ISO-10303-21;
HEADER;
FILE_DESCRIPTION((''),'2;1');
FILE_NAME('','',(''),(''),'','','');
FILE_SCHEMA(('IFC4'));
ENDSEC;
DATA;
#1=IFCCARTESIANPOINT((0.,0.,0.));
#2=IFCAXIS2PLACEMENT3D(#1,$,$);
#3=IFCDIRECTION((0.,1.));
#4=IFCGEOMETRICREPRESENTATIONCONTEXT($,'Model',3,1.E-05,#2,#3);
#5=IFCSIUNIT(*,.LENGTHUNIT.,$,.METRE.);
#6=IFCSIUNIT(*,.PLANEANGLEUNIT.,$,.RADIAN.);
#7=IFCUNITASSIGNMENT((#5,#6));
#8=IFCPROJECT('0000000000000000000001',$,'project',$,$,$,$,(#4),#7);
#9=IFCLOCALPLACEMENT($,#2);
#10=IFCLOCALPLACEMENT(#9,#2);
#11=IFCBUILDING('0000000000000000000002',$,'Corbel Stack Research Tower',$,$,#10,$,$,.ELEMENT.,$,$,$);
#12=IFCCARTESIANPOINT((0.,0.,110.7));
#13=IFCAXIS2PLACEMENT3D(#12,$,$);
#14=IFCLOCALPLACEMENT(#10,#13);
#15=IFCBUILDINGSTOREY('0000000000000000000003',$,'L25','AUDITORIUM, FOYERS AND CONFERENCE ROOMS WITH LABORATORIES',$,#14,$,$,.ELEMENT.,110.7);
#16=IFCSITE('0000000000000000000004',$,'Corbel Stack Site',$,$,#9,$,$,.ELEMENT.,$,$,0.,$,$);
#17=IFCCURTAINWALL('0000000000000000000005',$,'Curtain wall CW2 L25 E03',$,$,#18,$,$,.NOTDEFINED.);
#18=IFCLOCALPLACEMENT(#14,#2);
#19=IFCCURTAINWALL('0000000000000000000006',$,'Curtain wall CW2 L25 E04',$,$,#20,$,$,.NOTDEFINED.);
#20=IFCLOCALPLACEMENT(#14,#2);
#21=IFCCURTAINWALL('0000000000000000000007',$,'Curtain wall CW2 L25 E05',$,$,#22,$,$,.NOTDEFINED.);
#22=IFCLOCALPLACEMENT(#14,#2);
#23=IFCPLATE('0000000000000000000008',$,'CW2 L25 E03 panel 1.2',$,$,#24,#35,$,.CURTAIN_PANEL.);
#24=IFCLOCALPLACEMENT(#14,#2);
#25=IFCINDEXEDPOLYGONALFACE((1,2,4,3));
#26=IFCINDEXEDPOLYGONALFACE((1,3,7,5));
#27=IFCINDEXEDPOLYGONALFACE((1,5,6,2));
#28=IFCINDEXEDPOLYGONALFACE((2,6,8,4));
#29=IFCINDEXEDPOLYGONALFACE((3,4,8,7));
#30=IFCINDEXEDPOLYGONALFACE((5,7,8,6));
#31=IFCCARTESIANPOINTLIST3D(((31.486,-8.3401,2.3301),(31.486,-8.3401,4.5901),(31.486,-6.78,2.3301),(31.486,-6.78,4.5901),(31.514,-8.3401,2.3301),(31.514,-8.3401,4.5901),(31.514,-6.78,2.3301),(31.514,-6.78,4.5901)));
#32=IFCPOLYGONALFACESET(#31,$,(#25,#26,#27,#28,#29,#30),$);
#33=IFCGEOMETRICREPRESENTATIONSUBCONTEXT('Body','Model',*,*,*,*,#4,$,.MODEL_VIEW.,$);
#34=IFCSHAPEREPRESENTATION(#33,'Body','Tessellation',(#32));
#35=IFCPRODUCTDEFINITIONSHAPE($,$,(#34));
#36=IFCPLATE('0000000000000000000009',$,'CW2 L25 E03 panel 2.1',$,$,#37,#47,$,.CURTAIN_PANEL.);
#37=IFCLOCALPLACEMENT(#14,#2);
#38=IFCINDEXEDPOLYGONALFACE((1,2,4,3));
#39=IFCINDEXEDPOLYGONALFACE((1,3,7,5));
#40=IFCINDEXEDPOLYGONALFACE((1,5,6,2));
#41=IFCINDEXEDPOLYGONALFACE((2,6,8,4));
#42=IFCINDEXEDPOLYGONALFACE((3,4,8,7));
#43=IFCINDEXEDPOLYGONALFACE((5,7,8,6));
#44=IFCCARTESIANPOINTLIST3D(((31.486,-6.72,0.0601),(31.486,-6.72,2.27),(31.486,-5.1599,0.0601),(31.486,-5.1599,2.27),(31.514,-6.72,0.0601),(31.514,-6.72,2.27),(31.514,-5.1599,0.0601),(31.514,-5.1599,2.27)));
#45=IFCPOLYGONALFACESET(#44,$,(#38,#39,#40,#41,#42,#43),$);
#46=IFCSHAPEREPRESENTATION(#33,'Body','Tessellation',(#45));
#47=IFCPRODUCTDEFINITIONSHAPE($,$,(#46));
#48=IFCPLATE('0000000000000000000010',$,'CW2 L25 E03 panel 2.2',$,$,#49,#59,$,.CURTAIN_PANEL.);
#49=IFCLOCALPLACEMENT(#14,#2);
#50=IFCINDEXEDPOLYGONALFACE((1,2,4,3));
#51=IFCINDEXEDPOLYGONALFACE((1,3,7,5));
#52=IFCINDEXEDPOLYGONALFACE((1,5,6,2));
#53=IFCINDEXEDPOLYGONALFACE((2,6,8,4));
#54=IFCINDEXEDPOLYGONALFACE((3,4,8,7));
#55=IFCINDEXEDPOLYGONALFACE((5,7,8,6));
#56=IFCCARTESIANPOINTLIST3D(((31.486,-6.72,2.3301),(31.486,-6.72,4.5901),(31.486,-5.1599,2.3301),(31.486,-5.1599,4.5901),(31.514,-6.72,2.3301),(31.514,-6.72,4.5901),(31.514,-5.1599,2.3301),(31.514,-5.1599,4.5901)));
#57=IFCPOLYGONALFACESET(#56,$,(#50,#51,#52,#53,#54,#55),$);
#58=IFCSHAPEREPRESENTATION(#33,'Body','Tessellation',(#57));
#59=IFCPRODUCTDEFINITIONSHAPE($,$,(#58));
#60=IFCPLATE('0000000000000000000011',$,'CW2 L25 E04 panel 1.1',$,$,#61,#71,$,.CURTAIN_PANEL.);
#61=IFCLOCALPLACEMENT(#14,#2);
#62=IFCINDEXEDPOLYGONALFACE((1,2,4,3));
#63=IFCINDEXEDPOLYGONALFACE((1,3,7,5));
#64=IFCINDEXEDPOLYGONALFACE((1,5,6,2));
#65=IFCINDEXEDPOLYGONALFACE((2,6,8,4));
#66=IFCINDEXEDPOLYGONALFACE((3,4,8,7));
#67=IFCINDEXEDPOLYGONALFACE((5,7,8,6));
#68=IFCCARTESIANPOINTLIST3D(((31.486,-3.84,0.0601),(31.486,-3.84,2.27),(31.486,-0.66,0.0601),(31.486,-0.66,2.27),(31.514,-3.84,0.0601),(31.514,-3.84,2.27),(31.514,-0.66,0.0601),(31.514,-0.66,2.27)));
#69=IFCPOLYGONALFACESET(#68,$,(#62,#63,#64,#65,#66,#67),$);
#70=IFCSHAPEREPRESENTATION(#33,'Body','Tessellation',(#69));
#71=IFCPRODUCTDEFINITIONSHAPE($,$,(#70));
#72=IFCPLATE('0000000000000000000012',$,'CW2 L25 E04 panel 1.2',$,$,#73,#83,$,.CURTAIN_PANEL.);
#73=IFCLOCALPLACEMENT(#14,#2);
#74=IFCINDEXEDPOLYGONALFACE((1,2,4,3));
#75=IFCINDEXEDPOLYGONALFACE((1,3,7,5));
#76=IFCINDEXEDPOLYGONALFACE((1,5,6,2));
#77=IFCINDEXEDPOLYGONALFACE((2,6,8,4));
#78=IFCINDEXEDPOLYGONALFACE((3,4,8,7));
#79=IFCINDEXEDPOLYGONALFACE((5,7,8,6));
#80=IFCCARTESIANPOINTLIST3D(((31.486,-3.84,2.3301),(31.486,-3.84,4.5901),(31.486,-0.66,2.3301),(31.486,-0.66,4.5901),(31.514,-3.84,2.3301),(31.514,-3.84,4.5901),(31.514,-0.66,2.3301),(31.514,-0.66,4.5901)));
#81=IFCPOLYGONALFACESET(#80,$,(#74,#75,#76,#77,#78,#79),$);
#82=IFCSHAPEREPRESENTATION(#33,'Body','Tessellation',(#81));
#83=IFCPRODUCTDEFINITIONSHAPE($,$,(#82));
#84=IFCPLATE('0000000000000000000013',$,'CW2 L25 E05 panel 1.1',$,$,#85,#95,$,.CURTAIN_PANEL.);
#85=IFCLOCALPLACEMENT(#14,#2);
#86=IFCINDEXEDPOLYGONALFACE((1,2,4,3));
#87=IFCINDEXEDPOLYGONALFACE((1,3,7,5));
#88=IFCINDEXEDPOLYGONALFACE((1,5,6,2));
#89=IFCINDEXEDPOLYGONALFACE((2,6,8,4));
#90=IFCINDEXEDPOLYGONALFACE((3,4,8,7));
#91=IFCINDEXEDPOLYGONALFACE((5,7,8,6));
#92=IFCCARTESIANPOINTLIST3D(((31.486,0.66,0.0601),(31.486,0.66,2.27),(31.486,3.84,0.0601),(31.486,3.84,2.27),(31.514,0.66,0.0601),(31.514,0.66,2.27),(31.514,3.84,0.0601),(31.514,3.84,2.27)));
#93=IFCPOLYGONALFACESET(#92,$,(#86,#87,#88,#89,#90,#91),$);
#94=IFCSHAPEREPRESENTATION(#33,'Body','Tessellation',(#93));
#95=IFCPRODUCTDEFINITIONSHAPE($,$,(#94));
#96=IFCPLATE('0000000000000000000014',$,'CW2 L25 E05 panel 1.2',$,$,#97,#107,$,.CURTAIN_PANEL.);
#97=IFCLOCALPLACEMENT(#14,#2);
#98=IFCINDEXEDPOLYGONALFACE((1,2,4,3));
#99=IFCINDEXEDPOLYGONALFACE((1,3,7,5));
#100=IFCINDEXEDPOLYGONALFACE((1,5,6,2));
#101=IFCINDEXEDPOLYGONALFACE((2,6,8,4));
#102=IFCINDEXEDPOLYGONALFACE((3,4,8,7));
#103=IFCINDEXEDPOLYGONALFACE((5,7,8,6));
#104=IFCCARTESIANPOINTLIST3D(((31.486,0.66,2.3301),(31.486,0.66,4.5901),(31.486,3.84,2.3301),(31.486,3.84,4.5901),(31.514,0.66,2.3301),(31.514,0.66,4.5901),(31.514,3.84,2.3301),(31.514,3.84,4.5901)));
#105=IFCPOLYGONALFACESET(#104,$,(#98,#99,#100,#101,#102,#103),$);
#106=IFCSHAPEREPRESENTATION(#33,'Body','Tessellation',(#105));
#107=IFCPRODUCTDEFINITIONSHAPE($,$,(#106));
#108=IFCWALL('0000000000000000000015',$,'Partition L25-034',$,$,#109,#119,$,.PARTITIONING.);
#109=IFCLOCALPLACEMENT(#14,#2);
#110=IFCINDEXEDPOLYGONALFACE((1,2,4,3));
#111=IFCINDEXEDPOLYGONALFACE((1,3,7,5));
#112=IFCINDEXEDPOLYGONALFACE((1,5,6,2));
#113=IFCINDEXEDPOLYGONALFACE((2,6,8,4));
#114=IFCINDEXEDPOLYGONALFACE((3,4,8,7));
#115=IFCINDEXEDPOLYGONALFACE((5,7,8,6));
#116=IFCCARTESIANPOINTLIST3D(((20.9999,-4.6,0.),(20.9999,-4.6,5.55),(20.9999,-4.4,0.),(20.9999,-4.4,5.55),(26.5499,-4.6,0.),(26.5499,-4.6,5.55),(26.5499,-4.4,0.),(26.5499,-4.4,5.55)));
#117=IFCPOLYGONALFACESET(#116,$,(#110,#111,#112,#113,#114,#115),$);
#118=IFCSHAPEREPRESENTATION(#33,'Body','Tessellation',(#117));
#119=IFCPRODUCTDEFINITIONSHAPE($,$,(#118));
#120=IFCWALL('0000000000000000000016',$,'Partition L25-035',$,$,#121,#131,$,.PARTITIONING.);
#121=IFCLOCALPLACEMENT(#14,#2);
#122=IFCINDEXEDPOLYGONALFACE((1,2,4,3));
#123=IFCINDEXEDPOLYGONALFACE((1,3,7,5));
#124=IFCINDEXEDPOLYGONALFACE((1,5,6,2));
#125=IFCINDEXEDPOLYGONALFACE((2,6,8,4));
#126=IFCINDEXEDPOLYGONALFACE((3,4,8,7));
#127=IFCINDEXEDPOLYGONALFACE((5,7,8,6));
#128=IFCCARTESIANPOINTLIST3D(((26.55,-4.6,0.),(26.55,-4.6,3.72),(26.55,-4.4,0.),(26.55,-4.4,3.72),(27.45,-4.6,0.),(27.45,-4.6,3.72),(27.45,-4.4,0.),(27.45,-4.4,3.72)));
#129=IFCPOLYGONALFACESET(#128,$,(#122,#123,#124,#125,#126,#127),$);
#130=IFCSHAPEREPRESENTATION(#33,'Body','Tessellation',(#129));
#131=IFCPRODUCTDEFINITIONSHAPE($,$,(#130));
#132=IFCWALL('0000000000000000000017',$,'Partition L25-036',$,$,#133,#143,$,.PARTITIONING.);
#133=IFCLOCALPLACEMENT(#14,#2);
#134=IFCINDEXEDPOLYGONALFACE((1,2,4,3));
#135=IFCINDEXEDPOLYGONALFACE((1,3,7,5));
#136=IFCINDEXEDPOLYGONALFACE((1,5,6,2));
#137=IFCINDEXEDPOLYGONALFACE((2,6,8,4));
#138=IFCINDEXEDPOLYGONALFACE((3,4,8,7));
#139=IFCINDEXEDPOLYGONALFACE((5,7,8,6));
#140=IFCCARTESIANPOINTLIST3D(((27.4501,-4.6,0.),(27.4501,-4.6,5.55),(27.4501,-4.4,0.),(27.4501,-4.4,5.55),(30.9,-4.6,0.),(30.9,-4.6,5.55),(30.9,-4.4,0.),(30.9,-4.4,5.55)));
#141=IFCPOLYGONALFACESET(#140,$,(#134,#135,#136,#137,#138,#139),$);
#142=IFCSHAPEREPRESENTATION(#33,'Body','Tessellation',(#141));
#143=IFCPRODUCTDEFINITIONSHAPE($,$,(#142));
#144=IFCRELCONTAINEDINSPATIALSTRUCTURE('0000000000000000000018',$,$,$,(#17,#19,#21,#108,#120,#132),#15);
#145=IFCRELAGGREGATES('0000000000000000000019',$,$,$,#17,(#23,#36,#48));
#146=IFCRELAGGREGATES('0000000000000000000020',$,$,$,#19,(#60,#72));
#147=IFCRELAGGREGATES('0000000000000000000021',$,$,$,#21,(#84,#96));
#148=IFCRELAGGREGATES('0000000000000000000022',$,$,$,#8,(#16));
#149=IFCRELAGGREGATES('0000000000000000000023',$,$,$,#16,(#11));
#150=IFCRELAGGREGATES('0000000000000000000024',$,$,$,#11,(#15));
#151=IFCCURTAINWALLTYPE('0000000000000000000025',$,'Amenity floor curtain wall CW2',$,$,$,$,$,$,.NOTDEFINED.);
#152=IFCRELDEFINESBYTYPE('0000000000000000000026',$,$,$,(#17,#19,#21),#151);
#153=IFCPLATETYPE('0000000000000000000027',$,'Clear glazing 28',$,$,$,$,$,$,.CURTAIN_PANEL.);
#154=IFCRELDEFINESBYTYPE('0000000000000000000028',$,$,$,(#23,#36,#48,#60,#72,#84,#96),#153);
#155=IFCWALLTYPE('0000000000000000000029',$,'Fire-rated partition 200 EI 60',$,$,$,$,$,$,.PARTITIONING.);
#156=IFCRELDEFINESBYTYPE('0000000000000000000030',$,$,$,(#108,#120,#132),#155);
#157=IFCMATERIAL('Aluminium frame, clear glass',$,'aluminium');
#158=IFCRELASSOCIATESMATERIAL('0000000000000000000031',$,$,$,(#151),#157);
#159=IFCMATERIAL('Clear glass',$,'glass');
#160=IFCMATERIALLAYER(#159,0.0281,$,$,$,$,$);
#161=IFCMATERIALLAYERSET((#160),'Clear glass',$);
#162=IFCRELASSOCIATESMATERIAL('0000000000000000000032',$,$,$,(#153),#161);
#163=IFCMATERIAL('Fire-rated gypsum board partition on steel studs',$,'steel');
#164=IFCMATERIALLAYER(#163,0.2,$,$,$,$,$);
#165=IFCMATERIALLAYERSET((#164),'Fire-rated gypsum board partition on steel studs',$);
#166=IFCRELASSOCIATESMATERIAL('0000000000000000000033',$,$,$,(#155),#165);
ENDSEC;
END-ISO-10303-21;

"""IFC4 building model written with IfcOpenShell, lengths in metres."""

from ifc_helpers import new_model, si_unit, direction, frame, frame_2d, origin, origin_2d, place, context, subcontext, project, spatial, rectangle, extrude, material, layer, layer_set, type_object, element, aggregate, save


model = new_model("IFC4")

# Units and contexts
model_context = context("Model", 3, precision=1e-05, world=origin(), true_north=direction((0.0, 1.0)))
body_context = subcontext(model_context, "Body", "Model", "MODEL_VIEW")
ifc_project = project(units=[si_unit("LENGTHUNIT", "METRE"), si_unit("PLANEANGLEUNIT", "RADIAN")], contexts=[model_context])

# Site, building, storey
site_placement = place(None, origin())
site = spatial("IfcSite", under=ifc_project, at=site_placement, Name="Corbel Stack Site", CompositionType="ELEMENT", RefElevation=0.0)
building_placement = place(site_placement, origin())
building = spatial("IfcBuilding", under=site, at=building_placement, Name="Corbel Stack Research Tower", CompositionType="ELEMENT")
storey_placement = place(building_placement, frame((0.0, 0.0, 110.7)))
storey = spatial("IfcBuildingStorey", under=building, at=storey_placement, Name="L25", Description="AUDITORIUM, FOYERS AND CONFERENCE ROOMS WITH LABORATORIES", CompositionType="ELEMENT", Elevation=110.7)

# Curtain walls
ifc_material_1 = material(Name="Aluminium frame, clear glass", Category="aluminium")
curtain_wall_type = type_object("IfcCurtainWallType", Name="Amenity floor curtain wall CW2", PredefinedType="NOTDEFINED", material=ifc_material_1)
curtain_wall_1_placement = place(storey_placement, origin())
curtain_wall_1 = element("IfcCurtainWall", 1, at=curtain_wall_1_placement, inside=storey, type_object=curtain_wall_type, Name="Curtain wall CW2 L25 E03", PredefinedType="NOTDEFINED")
curtain_wall_2_placement = place(storey_placement, origin())
curtain_wall_2 = element("IfcCurtainWall", 2, at=curtain_wall_2_placement, inside=storey, type_object=curtain_wall_type, Name="Curtain wall CW2 L25 E04", PredefinedType="NOTDEFINED")

# Curtain wall
curtain_wall_3_placement = place(storey_placement, origin())
curtain_wall_3 = element("IfcCurtainWall", 3, at=curtain_wall_3_placement, inside=storey, type_object=curtain_wall_type, Name="Curtain wall CW2 L25 E05", PredefinedType="NOTDEFINED")

# Plates
ifc_material_2 = material(Name="Clear glass", Category="glass")
ifc_layer_1 = layer(ifc_material_2, 0.0281)
ifc_layer_set_1 = layer_set([ifc_layer_1], Name="Clear glass")
plate_type = type_object("IfcPlateType", Name="Clear glazing 28", PredefinedType="CURTAIN_PANEL", material=ifc_layer_set_1)
plate_1_placement = place(storey_placement, frame((31.5, -7.5601, 2.3301), z_axis=(0.0, 0.0, 1.0), x_axis=(0.0, 1.0, 0.0)))
plate_1 = element("IfcPlate", 4, at=plate_1_placement, type_object=plate_type, Name="CW2 L25 E03 panel 1.2", PredefinedType="CURTAIN_PANEL", context=body_context, shape_type="SweptSolid", body=[
    extrude(rectangle(XDim=1.5601, YDim=0.0281, at=origin_2d()), origin(), (0.0, 0.0, 1.0), 2.26),
])
plate_2_placement = place(storey_placement, frame((31.5, -5.9399, 0.0601), z_axis=(0.0, 0.0, 1.0), x_axis=(0.0, 1.0, 0.0)))
plate_2 = element("IfcPlate", 5, at=plate_2_placement, type_object=plate_type, Name="CW2 L25 E03 panel 2.1", PredefinedType="CURTAIN_PANEL", context=body_context, shape_type="SweptSolid", body=[
    extrude(rectangle(XDim=1.5601, YDim=0.0281, at=origin_2d()), origin(), (0.0, 0.0, 1.0), 2.21),
])
plate_3_placement = place(storey_placement, frame((31.5, -5.9399, 2.3301), z_axis=(0.0, 0.0, 1.0), x_axis=(0.0, 1.0, 0.0)))
plate_3 = element("IfcPlate", 6, at=plate_3_placement, type_object=plate_type, Name="CW2 L25 E03 panel 2.2", PredefinedType="CURTAIN_PANEL", context=body_context, shape_type="SweptSolid", body=[
    extrude(rectangle(XDim=1.5601, YDim=0.0281, at=origin_2d()), origin(), (0.0, 0.0, 1.0), 2.26),
])
aggregate(curtain_wall_1, [plate_1, plate_2, plate_3])
plate_4_placement = place(storey_placement, frame((31.5, -2.25, 0.0601), z_axis=(0.0, 0.0, 1.0), x_axis=(0.0, 1.0, 0.0)))
plate_4 = element("IfcPlate", 7, at=plate_4_placement, type_object=plate_type, Name="CW2 L25 E04 panel 1.1", PredefinedType="CURTAIN_PANEL", context=body_context, shape_type="SweptSolid", body=[
    extrude(rectangle(XDim=3.1799, YDim=0.0281, at=origin_2d()), origin(), (0.0, 0.0, 1.0), 2.21),
])
plate_5_placement = place(storey_placement, frame((31.5, -2.25, 2.3301), z_axis=(0.0, 0.0, 1.0), x_axis=(0.0, 1.0, 0.0)))
plate_5 = element("IfcPlate", 8, at=plate_5_placement, type_object=plate_type, Name="CW2 L25 E04 panel 1.2", PredefinedType="CURTAIN_PANEL", context=body_context, shape_type="SweptSolid", body=[
    extrude(rectangle(XDim=3.1799, YDim=0.0281, at=origin_2d()), origin(), (0.0, 0.0, 1.0), 2.26),
])
aggregate(curtain_wall_2, [plate_4, plate_5])
plate_6_placement = place(storey_placement, frame((31.5, 2.25, 0.0601), z_axis=(0.0, 0.0, 1.0), x_axis=(0.0, 1.0, 0.0)))
plate_6 = element("IfcPlate", 9, at=plate_6_placement, type_object=plate_type, Name="CW2 L25 E05 panel 1.1", PredefinedType="CURTAIN_PANEL", context=body_context, shape_type="SweptSolid", body=[
    extrude(rectangle(XDim=3.1799, YDim=0.0281, at=origin_2d()), origin(), (0.0, 0.0, 1.0), 2.21),
])
plate_7_placement = place(storey_placement, frame((31.5, 2.25, 2.3301), z_axis=(0.0, 0.0, 1.0), x_axis=(0.0, 1.0, 0.0)))
plate_7 = element("IfcPlate", 10, at=plate_7_placement, type_object=plate_type, Name="CW2 L25 E05 panel 1.2", PredefinedType="CURTAIN_PANEL", context=body_context, shape_type="SweptSolid", body=[
    extrude(rectangle(XDim=3.1799, YDim=0.0281, at=origin_2d()), origin(), (0.0, 0.0, 1.0), 2.26),
])
aggregate(curtain_wall_3, [plate_6, plate_7])

# Walls
ifc_material_3 = material(Name="Fire-rated gypsum board partition on steel studs", Category="steel")
ifc_layer_2 = layer(ifc_material_3, 0.2)
ifc_layer_set_2 = layer_set([ifc_layer_2], Name="Fire-rated gypsum board partition on steel studs")
wall_type = type_object("IfcWallType", Name="Fire-rated partition 200 EI 60", PredefinedType="PARTITIONING", material=ifc_layer_set_2)
wall_1_placement = place(storey_placement, frame((21.0, -4.5, 0.0), z_axis=(0.0, 0.0, 1.0), x_axis=(1.0, 0.0, 0.0)))
element("IfcWall", 11, at=wall_1_placement, inside=storey, type_object=wall_type, Name="Partition L25-034", PredefinedType="PARTITIONING", context=body_context, shape_type="SweptSolid", body=[
    extrude(rectangle(XDim=5.55, YDim=0.2, at=frame_2d((2.7749, 0.0))), origin(), (0.0, 0.0, 1.0), 5.55),
])
wall_2_placement = place(storey_placement, frame((26.55, -4.5, 0.0), z_axis=(0.0, 0.0, 1.0), x_axis=(1.0, 0.0, 0.0)))
element("IfcWall", 12, at=wall_2_placement, inside=storey, type_object=wall_type, Name="Partition L25-035", PredefinedType="PARTITIONING", context=body_context, shape_type="SweptSolid", body=[
    extrude(rectangle(XDim=0.8999, YDim=0.2, at=frame_2d((0.45, 0.0))), origin(), (0.0, 0.0, 1.0), 3.72),
])
wall_3_placement = place(storey_placement, frame((27.45, -4.5, 0.0), z_axis=(0.0, 0.0, 1.0), x_axis=(1.0, 0.0, 0.0)))
element("IfcWall", 13, at=wall_3_placement, inside=storey, type_object=wall_type, Name="Partition L25-036", PredefinedType="PARTITIONING", context=body_context, shape_type="SweptSolid", body=[
    extrude(rectangle(XDim=3.45, YDim=0.2, at=frame_2d((1.7251, 0.0))), origin(), (0.0, 0.0, 1.0), 5.55),
])

save(model, "model.ifc")
